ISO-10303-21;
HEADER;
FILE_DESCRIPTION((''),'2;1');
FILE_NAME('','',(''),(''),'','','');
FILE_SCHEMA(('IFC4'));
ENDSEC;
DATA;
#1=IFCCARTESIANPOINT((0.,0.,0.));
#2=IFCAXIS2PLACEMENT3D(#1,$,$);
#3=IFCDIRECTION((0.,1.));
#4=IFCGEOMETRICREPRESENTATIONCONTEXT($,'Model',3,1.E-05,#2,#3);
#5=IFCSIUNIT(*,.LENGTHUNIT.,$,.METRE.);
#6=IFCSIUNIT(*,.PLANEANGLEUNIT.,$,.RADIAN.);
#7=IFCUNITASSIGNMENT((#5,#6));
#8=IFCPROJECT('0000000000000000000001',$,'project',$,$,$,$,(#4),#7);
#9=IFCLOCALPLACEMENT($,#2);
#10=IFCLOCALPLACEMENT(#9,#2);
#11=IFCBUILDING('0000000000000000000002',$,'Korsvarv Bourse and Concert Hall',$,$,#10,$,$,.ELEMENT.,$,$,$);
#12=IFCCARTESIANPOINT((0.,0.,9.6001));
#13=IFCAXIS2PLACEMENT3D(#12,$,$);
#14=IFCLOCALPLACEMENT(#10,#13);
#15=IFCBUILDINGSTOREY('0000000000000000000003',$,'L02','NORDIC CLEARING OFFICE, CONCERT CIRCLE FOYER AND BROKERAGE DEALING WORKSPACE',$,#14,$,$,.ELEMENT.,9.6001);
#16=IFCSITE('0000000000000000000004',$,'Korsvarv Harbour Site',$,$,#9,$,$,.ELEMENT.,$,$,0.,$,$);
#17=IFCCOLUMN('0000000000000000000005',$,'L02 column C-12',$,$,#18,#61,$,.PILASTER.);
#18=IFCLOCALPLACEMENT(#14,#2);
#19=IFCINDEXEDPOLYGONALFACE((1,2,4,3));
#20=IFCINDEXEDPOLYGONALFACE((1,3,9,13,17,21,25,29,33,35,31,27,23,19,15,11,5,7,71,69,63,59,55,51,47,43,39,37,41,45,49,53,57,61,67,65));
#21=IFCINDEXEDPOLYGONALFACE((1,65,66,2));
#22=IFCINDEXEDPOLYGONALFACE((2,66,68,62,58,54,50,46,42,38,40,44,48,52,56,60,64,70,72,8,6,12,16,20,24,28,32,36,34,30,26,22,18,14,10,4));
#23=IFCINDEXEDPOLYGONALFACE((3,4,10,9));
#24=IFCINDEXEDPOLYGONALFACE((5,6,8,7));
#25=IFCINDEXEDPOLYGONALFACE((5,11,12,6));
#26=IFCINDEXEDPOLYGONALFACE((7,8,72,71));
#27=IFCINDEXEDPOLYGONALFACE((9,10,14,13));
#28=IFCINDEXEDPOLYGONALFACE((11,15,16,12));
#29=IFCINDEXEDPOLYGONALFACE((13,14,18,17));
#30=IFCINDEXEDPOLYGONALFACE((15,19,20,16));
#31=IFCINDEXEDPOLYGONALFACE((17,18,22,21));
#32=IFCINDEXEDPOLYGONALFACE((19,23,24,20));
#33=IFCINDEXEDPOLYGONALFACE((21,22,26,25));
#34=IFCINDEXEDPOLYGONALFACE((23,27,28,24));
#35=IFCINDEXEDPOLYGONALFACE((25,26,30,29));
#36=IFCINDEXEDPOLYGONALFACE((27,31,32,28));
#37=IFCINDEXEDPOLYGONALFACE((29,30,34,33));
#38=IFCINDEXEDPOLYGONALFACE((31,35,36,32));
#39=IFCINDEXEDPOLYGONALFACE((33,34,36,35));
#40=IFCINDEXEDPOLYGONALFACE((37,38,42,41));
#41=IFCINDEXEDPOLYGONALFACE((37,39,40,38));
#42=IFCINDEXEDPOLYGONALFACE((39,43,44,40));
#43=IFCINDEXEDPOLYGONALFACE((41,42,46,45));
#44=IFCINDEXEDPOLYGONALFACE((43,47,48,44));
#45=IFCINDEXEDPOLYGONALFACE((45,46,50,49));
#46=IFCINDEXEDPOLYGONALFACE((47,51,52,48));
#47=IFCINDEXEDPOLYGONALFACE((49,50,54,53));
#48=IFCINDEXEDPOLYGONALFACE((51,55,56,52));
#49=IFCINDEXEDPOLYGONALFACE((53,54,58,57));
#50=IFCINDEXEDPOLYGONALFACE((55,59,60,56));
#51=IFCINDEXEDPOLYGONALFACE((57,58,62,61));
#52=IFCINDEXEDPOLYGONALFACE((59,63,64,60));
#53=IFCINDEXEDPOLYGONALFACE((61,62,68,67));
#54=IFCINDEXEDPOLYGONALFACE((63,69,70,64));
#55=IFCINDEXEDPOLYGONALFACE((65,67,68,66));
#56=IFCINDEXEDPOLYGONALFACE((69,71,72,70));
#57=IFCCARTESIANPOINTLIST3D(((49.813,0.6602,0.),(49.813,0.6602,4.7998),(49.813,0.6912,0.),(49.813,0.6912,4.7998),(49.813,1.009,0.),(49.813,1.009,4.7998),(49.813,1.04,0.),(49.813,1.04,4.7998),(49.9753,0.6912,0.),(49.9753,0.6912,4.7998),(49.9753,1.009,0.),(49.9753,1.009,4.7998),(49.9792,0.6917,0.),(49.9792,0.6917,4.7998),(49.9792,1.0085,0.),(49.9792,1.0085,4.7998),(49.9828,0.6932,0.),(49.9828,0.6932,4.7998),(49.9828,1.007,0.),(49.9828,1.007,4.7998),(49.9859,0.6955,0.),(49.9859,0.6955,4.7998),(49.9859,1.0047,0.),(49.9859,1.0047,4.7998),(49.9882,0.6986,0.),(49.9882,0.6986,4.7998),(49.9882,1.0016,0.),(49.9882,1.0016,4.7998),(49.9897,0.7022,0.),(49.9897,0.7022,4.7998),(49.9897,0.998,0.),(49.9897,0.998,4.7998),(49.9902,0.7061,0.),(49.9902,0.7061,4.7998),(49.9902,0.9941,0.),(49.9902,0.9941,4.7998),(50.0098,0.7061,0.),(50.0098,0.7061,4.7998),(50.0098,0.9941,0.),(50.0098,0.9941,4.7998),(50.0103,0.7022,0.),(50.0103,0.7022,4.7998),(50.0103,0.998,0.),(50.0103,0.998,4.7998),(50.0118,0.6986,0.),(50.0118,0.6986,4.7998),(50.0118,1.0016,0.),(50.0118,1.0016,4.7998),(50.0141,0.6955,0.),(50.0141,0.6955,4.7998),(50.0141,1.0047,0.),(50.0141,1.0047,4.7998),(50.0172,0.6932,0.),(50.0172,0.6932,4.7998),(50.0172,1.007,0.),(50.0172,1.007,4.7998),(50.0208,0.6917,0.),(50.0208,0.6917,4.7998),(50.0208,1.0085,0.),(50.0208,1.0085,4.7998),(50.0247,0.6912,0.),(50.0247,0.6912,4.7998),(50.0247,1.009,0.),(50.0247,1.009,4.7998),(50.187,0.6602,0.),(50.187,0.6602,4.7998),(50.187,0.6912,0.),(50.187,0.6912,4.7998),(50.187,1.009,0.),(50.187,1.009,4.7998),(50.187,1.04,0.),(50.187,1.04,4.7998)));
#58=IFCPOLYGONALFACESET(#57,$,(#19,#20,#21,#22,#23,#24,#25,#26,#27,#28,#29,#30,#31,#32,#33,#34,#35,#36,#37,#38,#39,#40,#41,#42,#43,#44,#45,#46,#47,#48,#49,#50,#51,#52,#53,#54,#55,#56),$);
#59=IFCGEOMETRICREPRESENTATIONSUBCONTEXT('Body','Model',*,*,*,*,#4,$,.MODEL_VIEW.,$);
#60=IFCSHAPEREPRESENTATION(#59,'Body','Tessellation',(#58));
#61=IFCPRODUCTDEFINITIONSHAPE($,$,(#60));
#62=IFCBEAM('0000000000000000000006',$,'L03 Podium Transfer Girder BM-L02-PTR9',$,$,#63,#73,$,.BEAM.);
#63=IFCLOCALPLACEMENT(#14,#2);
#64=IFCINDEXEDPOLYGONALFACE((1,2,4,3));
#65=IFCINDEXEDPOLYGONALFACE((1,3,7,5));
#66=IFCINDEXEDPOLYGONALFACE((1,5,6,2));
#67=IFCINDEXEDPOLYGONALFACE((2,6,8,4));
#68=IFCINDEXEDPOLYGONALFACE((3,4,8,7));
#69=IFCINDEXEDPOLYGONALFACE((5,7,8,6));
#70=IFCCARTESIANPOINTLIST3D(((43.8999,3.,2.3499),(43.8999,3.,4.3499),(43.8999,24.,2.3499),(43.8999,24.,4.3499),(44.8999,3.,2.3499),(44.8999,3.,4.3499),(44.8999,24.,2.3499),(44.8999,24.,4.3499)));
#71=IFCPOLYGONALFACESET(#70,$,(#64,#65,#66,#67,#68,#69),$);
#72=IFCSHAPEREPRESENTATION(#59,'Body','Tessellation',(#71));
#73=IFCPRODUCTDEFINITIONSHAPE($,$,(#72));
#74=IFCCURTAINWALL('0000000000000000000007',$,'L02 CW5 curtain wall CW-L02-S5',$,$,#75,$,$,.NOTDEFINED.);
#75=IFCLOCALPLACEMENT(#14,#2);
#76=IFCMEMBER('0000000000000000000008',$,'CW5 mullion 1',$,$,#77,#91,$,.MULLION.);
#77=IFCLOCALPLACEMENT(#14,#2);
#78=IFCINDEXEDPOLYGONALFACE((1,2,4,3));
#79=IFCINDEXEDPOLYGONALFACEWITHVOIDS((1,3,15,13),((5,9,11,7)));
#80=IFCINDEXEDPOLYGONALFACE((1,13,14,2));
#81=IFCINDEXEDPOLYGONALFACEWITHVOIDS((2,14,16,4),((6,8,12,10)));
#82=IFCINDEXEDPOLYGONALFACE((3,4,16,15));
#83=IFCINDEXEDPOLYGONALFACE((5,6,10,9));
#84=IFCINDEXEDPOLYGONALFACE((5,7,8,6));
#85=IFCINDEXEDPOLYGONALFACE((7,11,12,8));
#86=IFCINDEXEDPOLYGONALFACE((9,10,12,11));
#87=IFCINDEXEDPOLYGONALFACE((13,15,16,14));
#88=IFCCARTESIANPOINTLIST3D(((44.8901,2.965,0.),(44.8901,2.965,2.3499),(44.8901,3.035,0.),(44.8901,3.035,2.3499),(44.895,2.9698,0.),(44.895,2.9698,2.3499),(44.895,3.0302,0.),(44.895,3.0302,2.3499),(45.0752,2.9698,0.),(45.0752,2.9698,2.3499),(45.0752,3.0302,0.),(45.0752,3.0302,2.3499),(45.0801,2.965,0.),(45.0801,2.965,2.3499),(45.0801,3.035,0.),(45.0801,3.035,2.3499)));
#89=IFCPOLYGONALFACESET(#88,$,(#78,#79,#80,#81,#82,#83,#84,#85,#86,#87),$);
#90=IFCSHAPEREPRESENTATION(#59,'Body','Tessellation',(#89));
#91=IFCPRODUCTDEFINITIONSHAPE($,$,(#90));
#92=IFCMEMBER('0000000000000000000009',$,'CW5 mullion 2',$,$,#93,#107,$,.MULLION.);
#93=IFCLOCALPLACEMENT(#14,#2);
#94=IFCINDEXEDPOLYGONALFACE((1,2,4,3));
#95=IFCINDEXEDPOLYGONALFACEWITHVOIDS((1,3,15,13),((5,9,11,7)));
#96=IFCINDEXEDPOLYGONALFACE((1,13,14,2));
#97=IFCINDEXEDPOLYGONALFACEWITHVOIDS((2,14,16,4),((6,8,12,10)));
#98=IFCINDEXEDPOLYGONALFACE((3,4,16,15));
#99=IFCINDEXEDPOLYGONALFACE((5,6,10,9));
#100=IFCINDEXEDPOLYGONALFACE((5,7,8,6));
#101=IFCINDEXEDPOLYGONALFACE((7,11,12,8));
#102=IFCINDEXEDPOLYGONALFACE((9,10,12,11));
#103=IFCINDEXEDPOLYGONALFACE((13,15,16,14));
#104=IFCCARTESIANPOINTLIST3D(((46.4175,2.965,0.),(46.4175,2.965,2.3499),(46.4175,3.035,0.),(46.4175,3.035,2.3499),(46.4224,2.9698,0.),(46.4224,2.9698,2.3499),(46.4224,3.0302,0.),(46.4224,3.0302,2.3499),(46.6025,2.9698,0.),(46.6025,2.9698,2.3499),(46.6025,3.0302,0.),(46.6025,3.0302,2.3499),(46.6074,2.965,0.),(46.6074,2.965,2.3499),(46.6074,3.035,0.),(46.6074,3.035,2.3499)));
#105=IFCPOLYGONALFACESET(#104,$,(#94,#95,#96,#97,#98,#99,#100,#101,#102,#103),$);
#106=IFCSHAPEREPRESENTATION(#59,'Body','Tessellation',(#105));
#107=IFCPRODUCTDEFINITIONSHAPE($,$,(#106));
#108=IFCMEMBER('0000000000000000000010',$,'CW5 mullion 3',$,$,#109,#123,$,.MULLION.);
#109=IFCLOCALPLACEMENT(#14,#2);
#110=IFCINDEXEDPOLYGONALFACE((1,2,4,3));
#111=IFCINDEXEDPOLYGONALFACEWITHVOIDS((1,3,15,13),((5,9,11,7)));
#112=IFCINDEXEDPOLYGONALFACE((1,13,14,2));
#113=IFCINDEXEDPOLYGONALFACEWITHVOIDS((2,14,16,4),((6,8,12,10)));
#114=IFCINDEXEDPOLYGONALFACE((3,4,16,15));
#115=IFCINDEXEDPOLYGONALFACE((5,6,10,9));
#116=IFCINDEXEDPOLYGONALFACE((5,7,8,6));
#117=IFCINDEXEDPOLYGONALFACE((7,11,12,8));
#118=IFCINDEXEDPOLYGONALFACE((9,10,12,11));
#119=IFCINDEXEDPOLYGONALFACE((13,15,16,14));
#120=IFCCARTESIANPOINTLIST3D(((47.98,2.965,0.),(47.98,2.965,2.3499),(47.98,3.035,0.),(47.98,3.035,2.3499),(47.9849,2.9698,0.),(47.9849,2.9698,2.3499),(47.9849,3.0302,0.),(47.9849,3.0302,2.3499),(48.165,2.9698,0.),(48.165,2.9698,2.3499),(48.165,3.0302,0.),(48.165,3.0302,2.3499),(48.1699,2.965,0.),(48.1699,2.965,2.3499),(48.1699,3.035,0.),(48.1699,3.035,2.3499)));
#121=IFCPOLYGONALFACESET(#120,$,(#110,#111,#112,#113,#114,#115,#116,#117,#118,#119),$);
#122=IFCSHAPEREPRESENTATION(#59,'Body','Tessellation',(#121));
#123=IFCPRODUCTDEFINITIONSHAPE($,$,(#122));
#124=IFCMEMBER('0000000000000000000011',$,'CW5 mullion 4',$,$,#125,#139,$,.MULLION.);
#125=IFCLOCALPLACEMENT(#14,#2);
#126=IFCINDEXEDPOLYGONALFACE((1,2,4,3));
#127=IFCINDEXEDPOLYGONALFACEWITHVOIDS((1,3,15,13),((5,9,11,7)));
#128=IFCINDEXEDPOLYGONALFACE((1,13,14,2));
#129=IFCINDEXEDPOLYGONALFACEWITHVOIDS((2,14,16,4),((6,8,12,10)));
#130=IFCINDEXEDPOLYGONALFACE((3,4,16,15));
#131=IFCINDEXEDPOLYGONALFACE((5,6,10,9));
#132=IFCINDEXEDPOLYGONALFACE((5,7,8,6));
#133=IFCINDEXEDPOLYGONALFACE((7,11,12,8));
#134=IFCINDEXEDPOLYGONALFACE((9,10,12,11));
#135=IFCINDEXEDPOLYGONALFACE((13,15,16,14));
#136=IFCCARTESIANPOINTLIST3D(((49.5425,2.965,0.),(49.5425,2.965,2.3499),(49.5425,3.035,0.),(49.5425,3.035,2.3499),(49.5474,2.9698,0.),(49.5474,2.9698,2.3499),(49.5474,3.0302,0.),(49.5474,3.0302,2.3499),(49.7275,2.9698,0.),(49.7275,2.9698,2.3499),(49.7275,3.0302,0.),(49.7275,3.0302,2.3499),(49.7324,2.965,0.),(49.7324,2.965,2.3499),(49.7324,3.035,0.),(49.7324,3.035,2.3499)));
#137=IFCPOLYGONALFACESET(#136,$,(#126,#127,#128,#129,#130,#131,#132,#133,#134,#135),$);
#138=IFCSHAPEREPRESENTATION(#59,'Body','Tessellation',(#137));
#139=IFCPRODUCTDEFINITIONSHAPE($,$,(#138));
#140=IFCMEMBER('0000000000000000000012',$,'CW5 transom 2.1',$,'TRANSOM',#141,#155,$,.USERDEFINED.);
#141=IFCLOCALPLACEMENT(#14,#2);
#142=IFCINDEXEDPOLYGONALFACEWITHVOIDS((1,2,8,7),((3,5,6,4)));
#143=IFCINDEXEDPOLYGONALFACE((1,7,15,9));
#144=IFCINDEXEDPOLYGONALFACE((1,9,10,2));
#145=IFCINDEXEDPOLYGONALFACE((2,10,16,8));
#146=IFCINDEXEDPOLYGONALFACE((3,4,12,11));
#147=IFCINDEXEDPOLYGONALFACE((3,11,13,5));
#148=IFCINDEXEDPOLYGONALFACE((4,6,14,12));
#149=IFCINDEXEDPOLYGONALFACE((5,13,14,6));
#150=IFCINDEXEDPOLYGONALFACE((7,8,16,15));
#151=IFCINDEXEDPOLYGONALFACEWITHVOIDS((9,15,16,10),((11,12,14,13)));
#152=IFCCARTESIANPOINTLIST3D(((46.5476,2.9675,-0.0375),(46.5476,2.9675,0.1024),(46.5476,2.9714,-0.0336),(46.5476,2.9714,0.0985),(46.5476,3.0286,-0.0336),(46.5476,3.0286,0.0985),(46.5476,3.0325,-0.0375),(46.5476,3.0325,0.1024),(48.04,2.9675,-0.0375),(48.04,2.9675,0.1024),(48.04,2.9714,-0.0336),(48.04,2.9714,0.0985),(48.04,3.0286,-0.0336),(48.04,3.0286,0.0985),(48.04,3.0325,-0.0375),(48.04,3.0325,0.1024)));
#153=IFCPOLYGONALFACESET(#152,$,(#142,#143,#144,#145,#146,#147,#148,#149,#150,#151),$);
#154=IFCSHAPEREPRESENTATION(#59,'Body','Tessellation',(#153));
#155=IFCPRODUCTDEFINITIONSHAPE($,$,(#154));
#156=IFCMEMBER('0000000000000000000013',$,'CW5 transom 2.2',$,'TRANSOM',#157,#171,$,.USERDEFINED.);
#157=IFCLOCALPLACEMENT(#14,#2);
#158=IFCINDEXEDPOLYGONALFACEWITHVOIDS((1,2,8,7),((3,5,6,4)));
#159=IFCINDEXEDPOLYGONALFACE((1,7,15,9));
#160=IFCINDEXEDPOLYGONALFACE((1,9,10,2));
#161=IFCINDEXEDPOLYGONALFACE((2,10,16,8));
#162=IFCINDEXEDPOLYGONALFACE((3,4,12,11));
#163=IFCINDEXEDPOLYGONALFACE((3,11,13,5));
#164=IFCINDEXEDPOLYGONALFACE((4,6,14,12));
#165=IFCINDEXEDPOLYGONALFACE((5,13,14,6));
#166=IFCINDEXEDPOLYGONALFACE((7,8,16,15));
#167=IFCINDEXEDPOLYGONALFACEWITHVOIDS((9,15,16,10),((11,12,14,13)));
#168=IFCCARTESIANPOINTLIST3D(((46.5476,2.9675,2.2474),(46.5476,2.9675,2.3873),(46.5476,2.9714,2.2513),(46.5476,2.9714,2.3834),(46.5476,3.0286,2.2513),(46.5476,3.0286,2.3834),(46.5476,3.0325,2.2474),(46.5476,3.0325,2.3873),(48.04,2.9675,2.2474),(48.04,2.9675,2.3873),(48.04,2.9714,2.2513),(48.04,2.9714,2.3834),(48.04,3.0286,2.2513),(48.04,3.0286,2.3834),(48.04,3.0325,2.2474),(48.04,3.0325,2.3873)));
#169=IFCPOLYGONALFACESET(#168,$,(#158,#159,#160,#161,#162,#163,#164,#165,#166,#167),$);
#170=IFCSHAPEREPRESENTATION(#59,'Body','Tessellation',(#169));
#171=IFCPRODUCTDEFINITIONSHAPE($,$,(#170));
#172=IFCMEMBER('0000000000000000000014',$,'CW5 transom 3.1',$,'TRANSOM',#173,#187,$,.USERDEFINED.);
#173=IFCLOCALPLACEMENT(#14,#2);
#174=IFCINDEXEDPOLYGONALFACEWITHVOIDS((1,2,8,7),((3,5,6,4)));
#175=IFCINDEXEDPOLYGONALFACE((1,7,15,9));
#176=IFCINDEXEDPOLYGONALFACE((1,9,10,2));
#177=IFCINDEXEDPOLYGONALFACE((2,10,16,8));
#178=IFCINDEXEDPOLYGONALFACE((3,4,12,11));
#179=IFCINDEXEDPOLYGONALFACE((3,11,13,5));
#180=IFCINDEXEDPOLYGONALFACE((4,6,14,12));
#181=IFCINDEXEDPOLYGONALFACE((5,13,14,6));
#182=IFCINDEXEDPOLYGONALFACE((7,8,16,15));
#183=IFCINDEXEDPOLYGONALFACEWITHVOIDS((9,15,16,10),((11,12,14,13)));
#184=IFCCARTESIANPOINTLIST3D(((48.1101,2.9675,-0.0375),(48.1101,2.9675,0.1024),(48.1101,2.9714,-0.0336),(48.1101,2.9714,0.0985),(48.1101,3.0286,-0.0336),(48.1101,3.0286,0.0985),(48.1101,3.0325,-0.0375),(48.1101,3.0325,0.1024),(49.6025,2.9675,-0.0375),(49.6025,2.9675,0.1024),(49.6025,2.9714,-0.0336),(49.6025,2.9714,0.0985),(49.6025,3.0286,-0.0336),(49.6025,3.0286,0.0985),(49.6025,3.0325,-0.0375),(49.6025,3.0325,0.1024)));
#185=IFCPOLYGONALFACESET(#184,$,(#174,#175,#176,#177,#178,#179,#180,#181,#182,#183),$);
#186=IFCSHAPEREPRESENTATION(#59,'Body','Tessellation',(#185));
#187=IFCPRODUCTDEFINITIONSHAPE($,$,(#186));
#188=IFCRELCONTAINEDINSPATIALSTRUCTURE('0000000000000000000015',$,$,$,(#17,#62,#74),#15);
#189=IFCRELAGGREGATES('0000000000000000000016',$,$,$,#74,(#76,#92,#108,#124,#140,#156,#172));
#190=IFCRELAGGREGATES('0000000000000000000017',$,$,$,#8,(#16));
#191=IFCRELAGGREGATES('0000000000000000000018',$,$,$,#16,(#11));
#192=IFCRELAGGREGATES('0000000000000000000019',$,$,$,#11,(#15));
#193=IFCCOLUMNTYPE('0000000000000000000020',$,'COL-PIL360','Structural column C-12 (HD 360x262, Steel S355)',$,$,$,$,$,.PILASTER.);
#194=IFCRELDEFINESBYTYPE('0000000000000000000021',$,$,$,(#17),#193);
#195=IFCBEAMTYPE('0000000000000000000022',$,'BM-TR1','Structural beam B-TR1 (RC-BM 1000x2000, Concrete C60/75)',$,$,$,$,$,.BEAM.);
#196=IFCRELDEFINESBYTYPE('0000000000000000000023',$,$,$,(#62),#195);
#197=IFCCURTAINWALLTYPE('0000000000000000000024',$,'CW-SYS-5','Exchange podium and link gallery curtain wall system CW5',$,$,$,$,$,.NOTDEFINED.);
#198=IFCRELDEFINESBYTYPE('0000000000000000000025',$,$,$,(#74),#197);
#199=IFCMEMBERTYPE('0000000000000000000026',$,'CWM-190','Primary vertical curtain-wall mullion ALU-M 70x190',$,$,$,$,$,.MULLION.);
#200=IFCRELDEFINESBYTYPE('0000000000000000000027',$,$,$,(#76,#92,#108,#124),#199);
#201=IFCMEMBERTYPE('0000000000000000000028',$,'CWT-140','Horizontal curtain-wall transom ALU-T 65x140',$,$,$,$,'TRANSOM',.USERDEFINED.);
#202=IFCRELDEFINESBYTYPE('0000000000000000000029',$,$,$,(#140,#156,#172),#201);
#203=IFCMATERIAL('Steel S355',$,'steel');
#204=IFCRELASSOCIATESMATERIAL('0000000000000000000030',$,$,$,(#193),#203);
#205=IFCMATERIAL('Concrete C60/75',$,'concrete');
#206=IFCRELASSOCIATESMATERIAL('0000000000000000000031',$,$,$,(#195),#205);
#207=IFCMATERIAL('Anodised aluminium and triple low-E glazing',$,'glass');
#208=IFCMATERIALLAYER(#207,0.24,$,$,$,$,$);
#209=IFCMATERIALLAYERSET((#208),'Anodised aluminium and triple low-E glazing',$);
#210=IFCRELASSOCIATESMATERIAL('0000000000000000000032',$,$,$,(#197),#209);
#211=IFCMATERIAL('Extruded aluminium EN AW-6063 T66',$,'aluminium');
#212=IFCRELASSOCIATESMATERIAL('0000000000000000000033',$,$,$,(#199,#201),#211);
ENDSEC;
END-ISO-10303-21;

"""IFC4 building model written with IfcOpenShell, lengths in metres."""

from ifc_helpers import new_model, si_unit, direction, frame, origin, origin_2d, place, context, subcontext, project, spatial, rectangle, hollow_rectangle, i_section, extrude, source, transform, mapped, material, layer, layer_set, material_profile, profile_set, type_object, element, aggregate, save


model = new_model("IFC4")

# Units and contexts
model_context = context("Model", 3, precision=1e-05, world=origin(), true_north=direction((0.0, 1.0)))
body_context = subcontext(model_context, "Body", "Model", "MODEL_VIEW")
ifc_project = project(units=[si_unit("LENGTHUNIT", "METRE"), si_unit("PLANEANGLEUNIT", "RADIAN")], contexts=[model_context])

# Site, building, storey
site_placement = place(None, origin())
site = spatial("IfcSite", under=ifc_project, at=site_placement, Name="Korsvarv Harbour Site", CompositionType="ELEMENT", RefElevation=0.0)
building_placement = place(site_placement, origin())
building = spatial("IfcBuilding", under=site, at=building_placement, Name="Korsvarv Bourse and Concert Hall", CompositionType="ELEMENT")
storey_placement = place(building_placement, frame((0.0, 0.0, 9.6001)))
storey = spatial("IfcBuildingStorey", under=building, at=storey_placement, Name="L02", Description="NORDIC CLEARING OFFICE, CONCERT CIRCLE FOYER AND BROKERAGE DEALING WORKSPACE", CompositionType="ELEMENT", Elevation=9.6001)

# Column
ifc_material_1 = material(Name="Steel S355", Category="steel")
ifc_material_profile_1 = material_profile(ifc_material_1, i_section(OverallWidth=0.374, OverallDepth=0.3799, WebThickness=0.0195, FlangeThickness=0.031, FilletRadius=0.0149, at=origin_2d()), Name="HD 360x262")
ifc_profile_set_1 = profile_set([ifc_material_profile_1], Name="Steel S355")
column_type = type_object("IfcColumnType", Name="COL-PIL360", Description="Structural column C-12 (HD 360x262, Steel S355)", PredefinedType="PILASTER", material=ifc_profile_set_1)
shared_shape_1 = source(origin(), body_context, "Body", "SweptSolid", [
    extrude(i_section(OverallWidth=0.374, OverallDepth=0.3799, WebThickness=0.0195, FlangeThickness=0.031, FilletRadius=0.0149, at=origin_2d()), origin(), (0.0, 0.0, 1.0), 4.7998),
])
column_placement = place(storey_placement, frame((50.0, 0.8501, 0.0), z_axis=(0.0, 0.0, 1.0), x_axis=(1.0, 0.0, 0.0)))
element("IfcColumn", 1, at=column_placement, inside=storey, type_object=column_type, Name="L02 column C-12", PredefinedType="PILASTER", context=body_context, shape_type="MappedRepresentation", body=[
    mapped(shared_shape_1, transform((0.0, 0.0, 0.0), scale=1.0)),
])

# Beam
ifc_material_2 = material(Name="Concrete C60/75", Category="concrete")
ifc_material_profile_2 = material_profile(ifc_material_2, rectangle(XDim=1.0, YDim=2.0, at=origin_2d()), Name="RC-BM 1000x2000")
ifc_profile_set_2 = profile_set([ifc_material_profile_2], Name="Concrete C60/75")
beam_type = type_object("IfcBeamType", Name="BM-TR1", Description="Structural beam B-TR1 (RC-BM 1000x2000, Concrete C60/75)", PredefinedType="BEAM", material=ifc_profile_set_2)
shared_shape_2 = source(origin(), body_context, "Body", "SweptSolid", [
    extrude(rectangle(XDim=1.0, YDim=2.0, at=origin_2d()), origin(), (0.0, 0.0, 1.0), 21.0),
])
beam_placement = place(storey_placement, frame((44.3999, 3.0, 3.3499), z_axis=(0.0, 1.0, 0.0), x_axis=(-1.0, 0.0, 0.0)))
element("IfcBeam", 2, at=beam_placement, inside=storey, type_object=beam_type, Name="L03 Podium Transfer Girder BM-L02-PTR9", PredefinedType="BEAM", context=body_context, shape_type="MappedRepresentation", body=[
    mapped(shared_shape_2, transform((0.0, 0.0, 0.0), scale=1.0)),
])

# Curtain wall, members
ifc_material_3 = material(Name="Anodised aluminium and triple low-E glazing", Category="glass")
ifc_layer_1 = layer(ifc_material_3, 0.24)
ifc_layer_set_1 = layer_set([ifc_layer_1], Name="Anodised aluminium and triple low-E glazing")
curtain_wall_type = type_object("IfcCurtainWallType", Name="CW-SYS-5", Description="Exchange podium and link gallery curtain wall system CW5", PredefinedType="NOTDEFINED", material=ifc_layer_set_1)
curtain_wall_placement = place(storey_placement, origin())
curtain_wall = element("IfcCurtainWall", 3, at=curtain_wall_placement, inside=storey, type_object=curtain_wall_type, Name="L02 CW5 curtain wall CW-L02-S5", PredefinedType="NOTDEFINED")
ifc_material_4 = material(Name="Extruded aluminium EN AW-6063 T66", Category="aluminium")
ifc_material_profile_3 = material_profile(ifc_material_4, hollow_rectangle(XDim=0.0701, YDim=0.1899, WallThickness=0.0049, at=origin_2d()), Name="ALU-M 70x190")
ifc_profile_set_3 = profile_set([ifc_material_profile_3], Name="Extruded aluminium EN AW-6063 T66")
member_type_1 = type_object("IfcMemberType", Name="CWM-190", Description="Primary vertical curtain-wall mullion ALU-M 70x190", PredefinedType="MULLION", material=ifc_profile_set_3)
shared_shape_3 = source(origin(), body_context, "Body", "SweptSolid", [
    extrude(hollow_rectangle(XDim=0.0701, YDim=0.1899, WallThickness=0.0049, at=origin_2d()), origin(), (0.0, 0.0, 1.0), 2.3499),
])
member_1_placement = place(storey_placement, frame((44.9851, 3.0, 0.0), z_axis=(0.0, 0.0, 1.0), x_axis=(0.0, 1.0, 0.0)))
member_1 = element("IfcMember", 4, at=member_1_placement, type_object=member_type_1, Name="CW5 mullion 1", PredefinedType="MULLION", context=body_context, shape_type="MappedRepresentation", body=[
    mapped(shared_shape_3, transform((0.0, 0.0, 0.0), scale=1.0)),
])
member_2_placement = place(storey_placement, frame((46.5125, 3.0, 0.0), z_axis=(0.0, 0.0, 1.0), x_axis=(0.0, 1.0, 0.0)))
member_2 = element("IfcMember", 5, at=member_2_placement, type_object=member_type_1, Name="CW5 mullion 2", PredefinedType="MULLION", context=body_context, shape_type="MappedRepresentation", body=[
    mapped(shared_shape_3, transform((0.0, 0.0, 0.0), scale=1.0)),
])
member_3_placement = place(storey_placement, frame((48.075, 3.0, 0.0), z_axis=(0.0, 0.0, 1.0), x_axis=(0.0, 1.0, 0.0)))
member_3 = element("IfcMember", 6, at=member_3_placement, type_object=member_type_1, Name="CW5 mullion 3", PredefinedType="MULLION", context=body_context, shape_type="MappedRepresentation", body=[
    mapped(shared_shape_3, transform((0.0, 0.0, 0.0), scale=1.0)),
])
member_4_placement = place(storey_placement, frame((49.6375, 3.0, 0.0), z_axis=(0.0, 0.0, 1.0), x_axis=(0.0, 1.0, 0.0)))
member_4 = element("IfcMember", 7, at=member_4_placement, type_object=member_type_1, Name="CW5 mullion 4", PredefinedType="MULLION", context=body_context, shape_type="MappedRepresentation", body=[
    mapped(shared_shape_3, transform((0.0, 0.0, 0.0), scale=1.0)),
])
ifc_material_profile_4 = material_profile(ifc_material_4, hollow_rectangle(XDim=0.0649, YDim=0.1399, WallThickness=0.0039, at=origin_2d()), Name="ALU-T 65x140")
ifc_profile_set_4 = profile_set([ifc_material_profile_4], Name="Extruded aluminium EN AW-6063 T66")
member_type_2 = type_object("IfcMemberType", Name="CWT-140", Description="Horizontal curtain-wall transom ALU-T 65x140", ElementType="TRANSOM", PredefinedType="USERDEFINED", material=ifc_profile_set_4)
shared_shape_4 = source(origin(), body_context, "Body", "SweptSolid", [
    extrude(hollow_rectangle(XDim=0.0649, YDim=0.1399, WallThickness=0.0039, at=origin_2d()), origin(), (0.0, 0.0, 1.0), 1.4924),
])
member_5_placement = place(storey_placement, frame((46.5476, 3.0, 0.0325), z_axis=(1.0, 0.0, 0.0), x_axis=(0.0, 1.0, 0.0)))
member_5 = element("IfcMember", 8, at=member_5_placement, type_object=member_type_2, Name="CW5 transom 2.1", ObjectType="TRANSOM", PredefinedType="USERDEFINED", context=body_context, shape_type="MappedRepresentation", body=[
    mapped(shared_shape_4, transform((0.0, 0.0, 0.0), scale=1.0)),
])
member_6_placement = place(storey_placement, frame((46.5476, 3.0, 2.3174), z_axis=(1.0, 0.0, 0.0), x_axis=(0.0, 1.0, 0.0)))
member_6 = element("IfcMember", 9, at=member_6_placement, type_object=member_type_2, Name="CW5 transom 2.2", ObjectType="TRANSOM", PredefinedType="USERDEFINED", context=body_context, shape_type="MappedRepresentation", body=[
    mapped(shared_shape_4, transform((0.0, 0.0, 0.0), scale=1.0)),
])
member_7_placement = place(storey_placement, frame((48.1101, 3.0, 0.0325), z_axis=(1.0, 0.0, 0.0), x_axis=(0.0, 1.0, 0.0)))
member_7 = element("IfcMember", 10, at=member_7_placement, type_object=member_type_2, Name="CW5 transom 3.1", ObjectType="TRANSOM", PredefinedType="USERDEFINED", context=body_context, shape_type="MappedRepresentation", body=[
    mapped(shared_shape_4, transform((0.0, 0.0, 0.0), scale=1.0)),
])

aggregate(curtain_wall, [member_1, member_2, member_3, member_4, member_5, member_6, member_7])

save(model, "model.ifc")
